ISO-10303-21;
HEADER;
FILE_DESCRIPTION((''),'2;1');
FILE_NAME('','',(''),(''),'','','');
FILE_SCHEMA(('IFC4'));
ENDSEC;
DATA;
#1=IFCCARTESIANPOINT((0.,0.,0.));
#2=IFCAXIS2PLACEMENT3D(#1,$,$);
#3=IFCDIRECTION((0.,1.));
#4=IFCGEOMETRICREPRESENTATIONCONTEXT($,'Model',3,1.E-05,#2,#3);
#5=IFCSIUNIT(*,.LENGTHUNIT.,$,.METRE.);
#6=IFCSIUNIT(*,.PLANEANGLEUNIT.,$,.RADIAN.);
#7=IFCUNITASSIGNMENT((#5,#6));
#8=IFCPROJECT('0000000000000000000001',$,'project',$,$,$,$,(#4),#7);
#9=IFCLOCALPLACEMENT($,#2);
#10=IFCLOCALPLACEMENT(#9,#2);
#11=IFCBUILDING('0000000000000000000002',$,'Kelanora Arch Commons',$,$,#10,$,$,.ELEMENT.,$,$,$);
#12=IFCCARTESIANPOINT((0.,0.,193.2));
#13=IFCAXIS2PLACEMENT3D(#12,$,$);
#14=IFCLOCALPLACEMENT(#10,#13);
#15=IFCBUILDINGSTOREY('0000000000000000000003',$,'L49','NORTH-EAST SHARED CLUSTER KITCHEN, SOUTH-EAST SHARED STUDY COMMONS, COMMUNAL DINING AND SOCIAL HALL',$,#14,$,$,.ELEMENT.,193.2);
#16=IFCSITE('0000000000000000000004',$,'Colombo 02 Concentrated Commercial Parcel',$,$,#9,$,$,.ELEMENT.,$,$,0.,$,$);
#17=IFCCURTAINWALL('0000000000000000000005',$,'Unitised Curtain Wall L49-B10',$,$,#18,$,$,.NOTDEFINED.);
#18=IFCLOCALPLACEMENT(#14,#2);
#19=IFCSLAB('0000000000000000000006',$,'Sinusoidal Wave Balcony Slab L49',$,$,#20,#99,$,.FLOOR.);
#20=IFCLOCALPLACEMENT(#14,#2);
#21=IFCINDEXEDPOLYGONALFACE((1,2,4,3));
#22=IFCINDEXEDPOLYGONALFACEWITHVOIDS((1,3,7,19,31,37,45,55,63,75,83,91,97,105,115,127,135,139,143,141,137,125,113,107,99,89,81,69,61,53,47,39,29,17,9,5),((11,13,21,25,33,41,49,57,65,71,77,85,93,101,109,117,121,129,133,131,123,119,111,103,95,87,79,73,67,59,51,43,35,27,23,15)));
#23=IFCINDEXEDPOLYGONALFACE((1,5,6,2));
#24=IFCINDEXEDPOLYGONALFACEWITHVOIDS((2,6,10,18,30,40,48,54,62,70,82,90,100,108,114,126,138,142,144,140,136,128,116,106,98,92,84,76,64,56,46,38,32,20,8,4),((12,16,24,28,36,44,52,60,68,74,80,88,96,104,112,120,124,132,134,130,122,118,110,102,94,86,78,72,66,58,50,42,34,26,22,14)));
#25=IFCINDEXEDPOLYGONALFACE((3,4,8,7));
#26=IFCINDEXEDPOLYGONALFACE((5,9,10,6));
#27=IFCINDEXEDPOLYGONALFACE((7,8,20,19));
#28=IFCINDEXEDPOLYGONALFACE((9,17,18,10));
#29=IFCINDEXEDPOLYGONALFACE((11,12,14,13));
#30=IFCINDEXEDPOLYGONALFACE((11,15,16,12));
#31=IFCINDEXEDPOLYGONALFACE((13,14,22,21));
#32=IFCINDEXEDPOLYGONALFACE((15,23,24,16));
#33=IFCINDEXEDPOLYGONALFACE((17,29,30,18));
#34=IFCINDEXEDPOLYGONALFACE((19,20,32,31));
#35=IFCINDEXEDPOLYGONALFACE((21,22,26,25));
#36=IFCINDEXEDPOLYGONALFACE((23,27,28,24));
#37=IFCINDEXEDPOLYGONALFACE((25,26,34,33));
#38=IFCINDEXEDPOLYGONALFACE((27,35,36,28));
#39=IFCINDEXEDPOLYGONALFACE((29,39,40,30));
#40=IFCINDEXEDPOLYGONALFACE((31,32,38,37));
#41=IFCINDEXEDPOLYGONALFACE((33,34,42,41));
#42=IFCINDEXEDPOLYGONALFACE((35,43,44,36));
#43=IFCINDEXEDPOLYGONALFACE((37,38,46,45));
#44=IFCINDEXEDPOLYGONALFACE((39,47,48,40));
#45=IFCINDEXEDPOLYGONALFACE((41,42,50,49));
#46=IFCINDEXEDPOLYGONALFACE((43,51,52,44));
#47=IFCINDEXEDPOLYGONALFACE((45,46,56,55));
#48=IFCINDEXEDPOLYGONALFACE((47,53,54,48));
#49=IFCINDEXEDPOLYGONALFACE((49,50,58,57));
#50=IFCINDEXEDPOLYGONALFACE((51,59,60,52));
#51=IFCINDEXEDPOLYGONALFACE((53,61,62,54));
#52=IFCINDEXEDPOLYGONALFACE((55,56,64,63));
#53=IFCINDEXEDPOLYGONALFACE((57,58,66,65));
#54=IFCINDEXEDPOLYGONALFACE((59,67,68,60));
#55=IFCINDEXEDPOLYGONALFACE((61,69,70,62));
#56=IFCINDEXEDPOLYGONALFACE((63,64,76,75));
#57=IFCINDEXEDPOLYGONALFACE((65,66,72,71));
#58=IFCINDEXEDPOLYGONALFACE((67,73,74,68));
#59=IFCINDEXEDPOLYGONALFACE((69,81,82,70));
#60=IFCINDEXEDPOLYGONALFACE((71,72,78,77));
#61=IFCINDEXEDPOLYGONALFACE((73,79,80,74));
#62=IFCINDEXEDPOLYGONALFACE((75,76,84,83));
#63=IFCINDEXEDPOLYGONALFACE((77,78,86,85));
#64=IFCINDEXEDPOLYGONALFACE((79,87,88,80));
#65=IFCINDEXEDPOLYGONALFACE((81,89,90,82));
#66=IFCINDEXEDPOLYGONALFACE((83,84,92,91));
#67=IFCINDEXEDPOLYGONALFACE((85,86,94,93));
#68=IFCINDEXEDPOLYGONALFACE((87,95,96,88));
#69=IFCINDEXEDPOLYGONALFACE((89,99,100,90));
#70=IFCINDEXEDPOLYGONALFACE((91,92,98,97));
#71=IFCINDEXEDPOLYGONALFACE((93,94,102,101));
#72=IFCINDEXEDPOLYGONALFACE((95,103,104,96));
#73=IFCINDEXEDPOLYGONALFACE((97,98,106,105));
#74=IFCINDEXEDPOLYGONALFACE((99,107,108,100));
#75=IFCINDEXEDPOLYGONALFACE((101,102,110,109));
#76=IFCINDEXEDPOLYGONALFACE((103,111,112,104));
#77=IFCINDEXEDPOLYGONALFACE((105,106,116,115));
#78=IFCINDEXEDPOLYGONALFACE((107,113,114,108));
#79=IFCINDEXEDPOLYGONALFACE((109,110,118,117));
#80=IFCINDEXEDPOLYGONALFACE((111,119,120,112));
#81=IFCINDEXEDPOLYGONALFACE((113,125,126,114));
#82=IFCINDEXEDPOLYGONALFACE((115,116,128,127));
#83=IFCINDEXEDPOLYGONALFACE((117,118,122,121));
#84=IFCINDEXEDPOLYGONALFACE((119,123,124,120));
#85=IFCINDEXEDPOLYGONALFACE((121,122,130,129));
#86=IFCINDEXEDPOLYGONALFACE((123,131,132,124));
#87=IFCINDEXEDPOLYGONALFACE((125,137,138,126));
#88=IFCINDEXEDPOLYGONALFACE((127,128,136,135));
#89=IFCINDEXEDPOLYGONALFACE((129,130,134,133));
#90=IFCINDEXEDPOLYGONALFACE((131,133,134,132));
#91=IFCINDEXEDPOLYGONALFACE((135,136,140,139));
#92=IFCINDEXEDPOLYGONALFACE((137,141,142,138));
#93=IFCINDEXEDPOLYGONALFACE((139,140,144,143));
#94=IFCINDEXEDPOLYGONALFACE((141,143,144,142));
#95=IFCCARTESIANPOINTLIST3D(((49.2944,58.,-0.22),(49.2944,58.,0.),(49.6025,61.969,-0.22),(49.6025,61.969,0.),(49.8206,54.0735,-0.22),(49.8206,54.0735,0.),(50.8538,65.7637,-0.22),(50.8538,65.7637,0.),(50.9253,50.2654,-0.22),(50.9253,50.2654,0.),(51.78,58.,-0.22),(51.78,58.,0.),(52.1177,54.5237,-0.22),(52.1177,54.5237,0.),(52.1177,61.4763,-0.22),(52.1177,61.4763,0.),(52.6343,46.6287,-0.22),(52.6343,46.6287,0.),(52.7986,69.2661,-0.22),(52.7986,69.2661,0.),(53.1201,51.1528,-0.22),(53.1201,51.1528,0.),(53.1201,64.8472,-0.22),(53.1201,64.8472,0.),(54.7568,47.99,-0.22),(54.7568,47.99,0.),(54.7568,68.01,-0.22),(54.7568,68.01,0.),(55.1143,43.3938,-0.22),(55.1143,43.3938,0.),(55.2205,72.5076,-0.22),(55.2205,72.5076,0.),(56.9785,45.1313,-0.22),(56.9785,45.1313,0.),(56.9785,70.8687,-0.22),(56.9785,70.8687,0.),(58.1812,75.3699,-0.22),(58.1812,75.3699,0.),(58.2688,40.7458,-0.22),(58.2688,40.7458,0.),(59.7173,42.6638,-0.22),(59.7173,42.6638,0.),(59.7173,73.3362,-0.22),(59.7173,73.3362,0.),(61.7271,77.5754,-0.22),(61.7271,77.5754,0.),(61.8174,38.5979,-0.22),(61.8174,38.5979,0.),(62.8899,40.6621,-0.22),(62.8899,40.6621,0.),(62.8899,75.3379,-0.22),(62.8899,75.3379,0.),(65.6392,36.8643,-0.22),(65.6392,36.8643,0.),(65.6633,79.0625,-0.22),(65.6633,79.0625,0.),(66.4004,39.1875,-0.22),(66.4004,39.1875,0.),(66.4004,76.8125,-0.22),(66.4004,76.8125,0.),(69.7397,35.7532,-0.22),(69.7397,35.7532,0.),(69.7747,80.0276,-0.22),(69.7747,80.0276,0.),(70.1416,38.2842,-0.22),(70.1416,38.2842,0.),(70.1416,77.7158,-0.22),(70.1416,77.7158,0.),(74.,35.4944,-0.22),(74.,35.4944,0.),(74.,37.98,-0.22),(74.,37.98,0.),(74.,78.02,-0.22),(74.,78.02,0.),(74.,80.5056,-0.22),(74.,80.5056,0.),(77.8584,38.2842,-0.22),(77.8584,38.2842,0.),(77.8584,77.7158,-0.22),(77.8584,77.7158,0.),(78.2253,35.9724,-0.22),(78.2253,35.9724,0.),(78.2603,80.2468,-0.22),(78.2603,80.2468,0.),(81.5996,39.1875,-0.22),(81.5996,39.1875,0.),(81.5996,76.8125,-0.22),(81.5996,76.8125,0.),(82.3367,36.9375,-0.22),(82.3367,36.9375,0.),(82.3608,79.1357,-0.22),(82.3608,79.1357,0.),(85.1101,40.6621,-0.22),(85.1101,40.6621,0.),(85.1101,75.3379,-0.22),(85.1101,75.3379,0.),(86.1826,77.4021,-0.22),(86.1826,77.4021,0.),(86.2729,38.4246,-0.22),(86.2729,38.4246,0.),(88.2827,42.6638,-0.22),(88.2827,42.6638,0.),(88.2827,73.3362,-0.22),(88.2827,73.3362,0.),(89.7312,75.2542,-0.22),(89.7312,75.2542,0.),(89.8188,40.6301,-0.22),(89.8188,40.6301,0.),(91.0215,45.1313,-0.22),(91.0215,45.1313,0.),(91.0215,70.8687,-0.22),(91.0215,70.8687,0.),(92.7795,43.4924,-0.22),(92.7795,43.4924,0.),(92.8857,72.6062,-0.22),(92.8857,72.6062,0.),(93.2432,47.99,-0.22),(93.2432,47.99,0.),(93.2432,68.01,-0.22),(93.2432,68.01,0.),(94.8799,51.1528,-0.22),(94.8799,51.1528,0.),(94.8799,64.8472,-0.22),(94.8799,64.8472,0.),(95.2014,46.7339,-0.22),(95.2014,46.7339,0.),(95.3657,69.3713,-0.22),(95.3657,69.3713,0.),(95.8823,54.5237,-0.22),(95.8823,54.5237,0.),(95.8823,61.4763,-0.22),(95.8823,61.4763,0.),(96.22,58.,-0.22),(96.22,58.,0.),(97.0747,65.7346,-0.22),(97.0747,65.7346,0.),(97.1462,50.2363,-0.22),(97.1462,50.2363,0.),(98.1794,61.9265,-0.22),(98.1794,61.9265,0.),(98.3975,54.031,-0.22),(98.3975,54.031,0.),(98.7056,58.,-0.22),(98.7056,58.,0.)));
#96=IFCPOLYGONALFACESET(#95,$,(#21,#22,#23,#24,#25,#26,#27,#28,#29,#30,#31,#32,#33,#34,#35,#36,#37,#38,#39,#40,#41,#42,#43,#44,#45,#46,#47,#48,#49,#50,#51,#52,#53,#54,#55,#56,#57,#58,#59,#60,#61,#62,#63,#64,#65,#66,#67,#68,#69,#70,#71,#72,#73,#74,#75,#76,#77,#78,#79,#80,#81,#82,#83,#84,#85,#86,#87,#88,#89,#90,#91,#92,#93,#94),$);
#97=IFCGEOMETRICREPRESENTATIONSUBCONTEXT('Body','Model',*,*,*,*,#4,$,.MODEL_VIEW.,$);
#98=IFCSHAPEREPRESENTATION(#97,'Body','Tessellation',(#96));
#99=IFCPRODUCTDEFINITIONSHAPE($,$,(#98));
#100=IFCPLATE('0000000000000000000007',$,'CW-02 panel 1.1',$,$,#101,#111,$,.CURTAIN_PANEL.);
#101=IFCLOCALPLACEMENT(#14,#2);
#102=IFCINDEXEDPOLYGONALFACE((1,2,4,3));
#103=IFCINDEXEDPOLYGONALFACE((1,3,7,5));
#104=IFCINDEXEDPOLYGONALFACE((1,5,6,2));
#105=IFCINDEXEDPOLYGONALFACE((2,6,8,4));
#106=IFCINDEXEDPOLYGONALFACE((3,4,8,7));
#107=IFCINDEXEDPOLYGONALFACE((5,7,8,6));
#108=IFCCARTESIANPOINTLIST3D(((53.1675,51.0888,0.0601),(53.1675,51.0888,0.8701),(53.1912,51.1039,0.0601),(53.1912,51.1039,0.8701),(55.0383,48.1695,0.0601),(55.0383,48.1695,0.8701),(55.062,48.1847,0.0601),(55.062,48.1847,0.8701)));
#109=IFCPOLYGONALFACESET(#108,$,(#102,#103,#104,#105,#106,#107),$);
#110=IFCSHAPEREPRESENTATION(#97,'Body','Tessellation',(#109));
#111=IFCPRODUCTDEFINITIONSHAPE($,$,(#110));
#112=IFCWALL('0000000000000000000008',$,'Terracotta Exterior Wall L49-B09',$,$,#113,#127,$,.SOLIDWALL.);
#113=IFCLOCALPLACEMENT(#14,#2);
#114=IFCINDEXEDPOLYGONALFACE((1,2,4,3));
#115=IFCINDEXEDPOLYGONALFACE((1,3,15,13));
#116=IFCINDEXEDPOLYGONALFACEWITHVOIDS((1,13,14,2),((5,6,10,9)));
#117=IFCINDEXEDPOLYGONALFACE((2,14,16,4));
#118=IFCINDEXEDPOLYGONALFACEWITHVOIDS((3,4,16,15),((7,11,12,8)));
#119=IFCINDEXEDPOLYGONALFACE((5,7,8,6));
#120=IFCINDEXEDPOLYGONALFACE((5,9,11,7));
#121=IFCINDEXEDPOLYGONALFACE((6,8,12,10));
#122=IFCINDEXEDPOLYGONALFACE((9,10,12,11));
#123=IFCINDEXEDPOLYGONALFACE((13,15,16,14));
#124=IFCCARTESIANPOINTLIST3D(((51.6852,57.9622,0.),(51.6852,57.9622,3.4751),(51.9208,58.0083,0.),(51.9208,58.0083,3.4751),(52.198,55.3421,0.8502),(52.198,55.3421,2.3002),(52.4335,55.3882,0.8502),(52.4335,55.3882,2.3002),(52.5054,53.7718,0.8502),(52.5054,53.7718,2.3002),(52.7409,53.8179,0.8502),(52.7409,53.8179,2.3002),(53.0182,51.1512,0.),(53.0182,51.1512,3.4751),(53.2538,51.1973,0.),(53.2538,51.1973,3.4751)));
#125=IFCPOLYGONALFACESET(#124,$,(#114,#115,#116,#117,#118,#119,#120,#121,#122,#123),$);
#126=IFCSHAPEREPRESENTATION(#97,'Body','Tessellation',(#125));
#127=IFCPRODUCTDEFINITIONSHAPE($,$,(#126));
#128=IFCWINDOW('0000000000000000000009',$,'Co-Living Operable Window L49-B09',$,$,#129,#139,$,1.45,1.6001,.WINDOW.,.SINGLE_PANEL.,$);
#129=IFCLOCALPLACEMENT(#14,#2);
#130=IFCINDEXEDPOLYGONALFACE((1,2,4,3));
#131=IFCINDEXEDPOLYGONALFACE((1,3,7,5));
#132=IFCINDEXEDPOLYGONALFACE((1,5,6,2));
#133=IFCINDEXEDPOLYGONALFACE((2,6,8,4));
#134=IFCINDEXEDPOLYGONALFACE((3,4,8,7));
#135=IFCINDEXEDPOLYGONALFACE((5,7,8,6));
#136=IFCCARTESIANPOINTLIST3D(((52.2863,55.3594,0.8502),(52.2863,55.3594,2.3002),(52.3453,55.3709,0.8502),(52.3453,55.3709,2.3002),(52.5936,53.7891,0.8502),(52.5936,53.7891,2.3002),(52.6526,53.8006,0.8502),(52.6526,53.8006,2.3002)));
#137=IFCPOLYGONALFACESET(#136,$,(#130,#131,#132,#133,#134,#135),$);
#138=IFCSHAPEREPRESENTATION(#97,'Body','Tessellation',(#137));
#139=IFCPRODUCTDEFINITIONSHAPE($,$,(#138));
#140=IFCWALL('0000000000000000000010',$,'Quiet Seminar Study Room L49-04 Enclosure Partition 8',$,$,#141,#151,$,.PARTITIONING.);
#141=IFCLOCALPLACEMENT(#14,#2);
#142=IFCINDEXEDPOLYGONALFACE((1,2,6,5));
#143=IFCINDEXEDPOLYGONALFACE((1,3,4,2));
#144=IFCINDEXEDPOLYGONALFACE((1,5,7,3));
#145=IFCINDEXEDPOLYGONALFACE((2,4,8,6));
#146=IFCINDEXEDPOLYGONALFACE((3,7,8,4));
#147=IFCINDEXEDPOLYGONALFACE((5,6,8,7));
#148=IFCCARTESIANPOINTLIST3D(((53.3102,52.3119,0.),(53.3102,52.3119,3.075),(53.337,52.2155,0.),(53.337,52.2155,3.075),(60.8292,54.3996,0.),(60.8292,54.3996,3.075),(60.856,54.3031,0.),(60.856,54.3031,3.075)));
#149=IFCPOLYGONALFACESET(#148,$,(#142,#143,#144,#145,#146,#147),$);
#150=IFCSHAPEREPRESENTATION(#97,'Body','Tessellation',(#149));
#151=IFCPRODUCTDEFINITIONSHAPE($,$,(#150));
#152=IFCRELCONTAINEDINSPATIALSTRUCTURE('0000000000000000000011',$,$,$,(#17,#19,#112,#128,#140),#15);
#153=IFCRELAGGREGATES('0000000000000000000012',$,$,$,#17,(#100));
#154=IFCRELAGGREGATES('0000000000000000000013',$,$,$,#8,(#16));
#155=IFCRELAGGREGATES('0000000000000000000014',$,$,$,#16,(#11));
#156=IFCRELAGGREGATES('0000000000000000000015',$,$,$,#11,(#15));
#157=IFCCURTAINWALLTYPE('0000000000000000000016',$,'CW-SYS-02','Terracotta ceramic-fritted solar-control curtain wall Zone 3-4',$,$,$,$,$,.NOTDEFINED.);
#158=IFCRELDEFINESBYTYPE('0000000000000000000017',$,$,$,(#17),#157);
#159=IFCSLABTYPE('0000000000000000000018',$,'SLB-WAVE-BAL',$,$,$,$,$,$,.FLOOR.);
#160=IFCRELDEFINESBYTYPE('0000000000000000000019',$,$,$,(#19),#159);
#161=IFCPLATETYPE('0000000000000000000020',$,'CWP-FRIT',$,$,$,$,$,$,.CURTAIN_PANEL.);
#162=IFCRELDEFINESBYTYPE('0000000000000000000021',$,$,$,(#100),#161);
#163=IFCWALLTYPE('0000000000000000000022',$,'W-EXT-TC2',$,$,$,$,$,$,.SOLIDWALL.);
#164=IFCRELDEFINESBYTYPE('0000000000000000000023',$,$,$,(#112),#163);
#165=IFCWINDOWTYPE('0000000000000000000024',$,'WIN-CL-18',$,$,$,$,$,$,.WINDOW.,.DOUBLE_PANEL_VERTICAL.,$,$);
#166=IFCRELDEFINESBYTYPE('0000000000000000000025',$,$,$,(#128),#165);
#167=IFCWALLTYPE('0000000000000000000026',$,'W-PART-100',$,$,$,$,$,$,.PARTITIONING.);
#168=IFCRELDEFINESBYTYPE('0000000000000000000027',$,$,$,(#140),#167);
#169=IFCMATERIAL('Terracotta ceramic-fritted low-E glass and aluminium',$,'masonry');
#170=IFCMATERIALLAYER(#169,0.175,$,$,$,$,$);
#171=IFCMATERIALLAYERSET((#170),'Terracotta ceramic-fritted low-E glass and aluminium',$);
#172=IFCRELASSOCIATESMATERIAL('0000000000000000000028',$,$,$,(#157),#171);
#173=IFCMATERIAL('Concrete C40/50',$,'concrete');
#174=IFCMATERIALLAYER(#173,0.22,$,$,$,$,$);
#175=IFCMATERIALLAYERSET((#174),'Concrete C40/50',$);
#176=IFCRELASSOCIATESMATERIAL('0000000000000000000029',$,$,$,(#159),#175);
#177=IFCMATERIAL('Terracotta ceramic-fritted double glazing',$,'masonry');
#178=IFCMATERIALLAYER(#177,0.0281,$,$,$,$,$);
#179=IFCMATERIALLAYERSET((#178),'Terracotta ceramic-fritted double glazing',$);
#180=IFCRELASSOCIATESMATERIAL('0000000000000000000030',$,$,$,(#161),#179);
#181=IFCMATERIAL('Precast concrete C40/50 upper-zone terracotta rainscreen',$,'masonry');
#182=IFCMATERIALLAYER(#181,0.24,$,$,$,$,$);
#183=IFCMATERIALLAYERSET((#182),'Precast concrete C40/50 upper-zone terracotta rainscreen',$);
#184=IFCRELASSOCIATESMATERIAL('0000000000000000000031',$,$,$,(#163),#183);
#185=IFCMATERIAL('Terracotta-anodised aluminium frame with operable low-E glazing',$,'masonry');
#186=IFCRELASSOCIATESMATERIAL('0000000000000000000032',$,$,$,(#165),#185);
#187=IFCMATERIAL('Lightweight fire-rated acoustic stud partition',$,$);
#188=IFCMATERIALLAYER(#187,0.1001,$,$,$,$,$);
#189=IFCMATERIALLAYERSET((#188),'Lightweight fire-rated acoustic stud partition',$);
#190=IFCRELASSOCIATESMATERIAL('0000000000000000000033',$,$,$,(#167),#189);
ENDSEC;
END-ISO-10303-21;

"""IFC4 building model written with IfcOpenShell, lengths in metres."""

from ifc_helpers import new_model, si_unit, direction, frame, frame_2d, origin, origin_2d, place, context, subcontext, project, spatial, polyline, rectangle, outline, extrude, source, transform, mapped, material, layer, layer_set, type_object, element, fill, aggregate, save


model = new_model("IFC4")

# Units and contexts
model_context = context("Model", 3, precision=1e-05, world=origin(), true_north=direction((0.0, 1.0)))
body_context = subcontext(model_context, "Body", "Model", "MODEL_VIEW")
ifc_project = project(units=[si_unit("LENGTHUNIT", "METRE"), si_unit("PLANEANGLEUNIT", "RADIAN")], contexts=[model_context])

# Site, building, storey
site_placement = place(None, origin())
site = spatial("IfcSite", under=ifc_project, at=site_placement, Name="Colombo 02 Concentrated Commercial Parcel", CompositionType="ELEMENT", RefElevation=0.0)
building_placement = place(site_placement, origin())
building = spatial("IfcBuilding", under=site, at=building_placement, Name="Kelanora Arch Commons", CompositionType="ELEMENT")
storey_placement = place(building_placement, frame((0.0, 0.0, 193.2)))
storey = spatial("IfcBuildingStorey", under=building, at=storey_placement, Name="L49", Description="NORTH-EAST SHARED CLUSTER KITCHEN, SOUTH-EAST SHARED STUDY COMMONS, COMMUNAL DINING AND SOCIAL HALL", CompositionType="ELEMENT", Elevation=193.2)

# Shared definitions
ifc_material_1 = material(Name="Terracotta ceramic-fritted low-E glass and aluminium", Category="masonry")
ifc_layer_1 = layer(ifc_material_1, 0.175)
ifc_layer_set_1 = layer_set([ifc_layer_1], Name="Terracotta ceramic-fritted low-E glass and aluminium")
curtain_wall_type = type_object("IfcCurtainWallType", Name="CW-SYS-02", Description="Terracotta ceramic-fritted solar-control curtain wall Zone 3-4", PredefinedType="NOTDEFINED", material=ifc_layer_set_1)

# Curtain wall
curtain_wall_1_placement = place(storey_placement, origin())
curtain_wall_1 = element("IfcCurtainWall", 1, at=curtain_wall_1_placement, inside=storey, type_object=curtain_wall_type, Name="Unitised Curtain Wall L49-B10", PredefinedType="NOTDEFINED")

# Shared definitions
ifc_material_2 = material(Name="Concrete C40/50", Category="concrete")

# Slab
ifc_layer_2 = layer(ifc_material_2, 0.22)
ifc_layer_set_2 = layer_set([ifc_layer_2], Name="Concrete C40/50")
slab_type_1 = type_object("IfcSlabType", Name="SLB-WAVE-BAL", PredefinedType="FLOOR", material=ifc_layer_set_2)
slab_1_placement = place(storey_placement, frame((0.0, 0.0, -0.22)))
element("IfcSlab", 2, at=slab_1_placement, inside=storey, type_object=slab_type_1, Name="Sinusoidal Wave Balcony Slab L49", PredefinedType="FLOOR", context=body_context, shape_type="SweptSolid", body=[
    extrude(outline(polyline([(98.7056, 58.0), (98.1794, 61.9265), (97.0747, 65.7346), (95.3657, 69.3713), (92.8857, 72.6062), (89.7312, 75.2542), (86.1826, 77.4021), (82.3608, 79.1357), (78.2603, 80.2468), (74.0, 80.5056), (69.7747, 80.0276), (65.6633, 79.0625), (61.7271, 77.5754), (58.1812, 75.3699), (55.2205, 72.5076), (52.7986, 69.2661), (50.8538, 65.7637), (49.6025, 61.969), (49.2944, 58.0), (49.8206, 54.0735), (50.9253, 50.2654), (52.6343, 46.6287), (55.1143, 43.3938), (58.2688, 40.7458), (61.8174, 38.5979), (65.6392, 36.8643), (69.7397, 35.7532), (74.0, 35.4944), (78.2253, 35.9724), (82.3367, 36.9375), (86.2729, 38.4246), (89.8188, 40.6301), (92.7795, 43.4924), (95.2014, 46.7339), (97.1462, 50.2363), (98.3975, 54.031), (98.7056, 58.0)]), holes=[polyline([(95.8823, 54.5237), (94.8799, 51.1528), (93.2432, 47.99), (91.0215, 45.1313), (88.2827, 42.6638), (85.1101, 40.6621), (81.5996, 39.1875), (77.8584, 38.2842), (74.0, 37.98), (70.1416, 38.2842), (66.4004, 39.1875), (62.8899, 40.6621), (59.7173, 42.6638), (56.9785, 45.1313), (54.7568, 47.99), (53.1201, 51.1528), (52.1177, 54.5237), (51.78, 58.0), (52.1177, 61.4763), (53.1201, 64.8472), (54.7568, 68.01), (56.9785, 70.8687), (59.7173, 73.3362), (62.8899, 75.3379), (66.4004, 76.8125), (70.1416, 77.7158), (74.0, 78.02), (77.8584, 77.7158), (81.5996, 76.8125), (85.1101, 75.3379), (88.2827, 73.3362), (91.0215, 70.8687), (93.2432, 68.01), (94.8799, 64.8472), (95.8823, 61.4763), (96.22, 58.0), (95.8823, 54.5237)])]), origin(), (0.0, 0.0, 1.0), 0.22),
])

# Plate
ifc_material_3 = material(Name="Terracotta ceramic-fritted double glazing", Category="masonry")
ifc_layer_3 = layer(ifc_material_3, 0.0281)
ifc_layer_set_3 = layer_set([ifc_layer_3], Name="Terracotta ceramic-fritted double glazing")
plate_type = type_object("IfcPlateType", Name="CWP-FRIT", PredefinedType="CURTAIN_PANEL", material=ifc_layer_set_3)
shared_shape_1 = source(origin(), body_context, "Body", "SweptSolid", [
    extrude(rectangle(XDim=3.4673, YDim=0.0281, at=origin_2d()), origin(), (0.0, 0.0, 1.0), 0.8101),
])
plate_placement = place(storey_placement, frame((54.1147, 49.6367, 0.0601), z_axis=(0.0, 0.0, 1.0), x_axis=(0.539559, -0.841948, 0.0)))
plate = element("IfcPlate", 3, at=plate_placement, type_object=plate_type, Name="CW-02 panel 1.1", PredefinedType="CURTAIN_PANEL", context=body_context, shape_type="MappedRepresentation", body=[
    mapped(shared_shape_1, transform((0.0, 0.0, 0.0), scale=1.0)),
])
aggregate(curtain_wall_1, [plate])

# Wall, opening, window
ifc_material_4 = material(Name="Precast concrete C40/50 upper-zone terracotta rainscreen", Category="masonry")
ifc_layer_4 = layer(ifc_material_4, 0.24)
ifc_layer_set_4 = layer_set([ifc_layer_4], Name="Precast concrete C40/50 upper-zone terracotta rainscreen")
wall_type_1 = type_object("IfcWallType", Name="W-EXT-TC2", PredefinedType="SOLIDWALL", material=ifc_layer_set_4)
wall_1_placement = place(storey_placement, frame((51.803, 57.9854, 0.0), z_axis=(0.0, 0.0, 1.0), x_axis=(0.192069, -0.981381, 0.0)))
wall_1 = element("IfcWall", 4, at=wall_1_placement, inside=storey, type_object=wall_type_1, Name="Terracotta Exterior Wall L49-B09", PredefinedType="SOLIDWALL", context=body_context, shape_type="SweptSolid", body=[
    extrude(rectangle(XDim=6.9402, YDim=0.24, at=frame_2d((3.4702, 0.0))), origin(), (0.0, 0.0, 1.0), 3.4751),
])
opening_placement = place(wall_1_placement, frame((2.6699, 0.0, 0.8501)))
opening = element("IfcOpeningElement", 5, at=opening_placement, cuts=wall_1, PredefinedType="OPENING", context=body_context, shape_type="SweptSolid", body=[
    extrude(rectangle(XDim=1.6001, YDim=1.45, at=frame_2d((0.8, 0.7251))), frame((0.0, 0.1299, 0.0), z_axis=(0.0, -1.0, 0.0), x_axis=(1.0, 0.0, 0.0)), (0.0, 0.0, 1.0), 0.26),
])
ifc_material_5 = material(Name="Terracotta-anodised aluminium frame with operable low-E glazing", Category="masonry")
window_type = type_object("IfcWindowType", Name="WIN-CL-18", PartitioningType="DOUBLE_PANEL_VERTICAL", PredefinedType="WINDOW", material=ifc_material_5)
window_placement = place(opening_placement, origin())
window = element("IfcWindow", 6, at=window_placement, inside=storey, type_object=window_type, Name="Co-Living Operable Window L49-B09", OverallHeight=1.45, OverallWidth=1.6001, PartitioningType="SINGLE_PANEL", PredefinedType="WINDOW", context=body_context, shape_type="SweptSolid", body=[
    extrude(rectangle(XDim=1.6001, YDim=1.45, at=frame_2d((0.8, 0.7251))), frame((0.0, 0.03, 0.0), z_axis=(0.0, -1.0, 0.0), x_axis=(1.0, 0.0, 0.0)), (0.0, 0.0, 1.0), 0.0601),
])
fill(opening, window)

# Wall
ifc_material_6 = material(Name="Lightweight fire-rated acoustic stud partition")
ifc_layer_5 = layer(ifc_material_6, 0.1001)
ifc_layer_set_5 = layer_set([ifc_layer_5], Name="Lightweight fire-rated acoustic stud partition")
wall_type_2 = type_object("IfcWallType", Name="W-PART-100", PredefinedType="PARTITIONING", material=ifc_layer_set_5)
wall_2_placement = place(storey_placement, frame((53.3235, 52.2637, 0.0), z_axis=(0.0, 0.0, 1.0), x_axis=(0.96355, 0.267528, 0.0)))
element("IfcWall", 7, at=wall_2_placement, inside=storey, type_object=wall_type_2, Name="Quiet Seminar Study Room L49-04 Enclosure Partition 8", PredefinedType="PARTITIONING", context=body_context, shape_type="SweptSolid", body=[
    extrude(rectangle(XDim=7.8035, YDim=0.1001, at=frame_2d((3.9019, 0.0))), origin(), (0.0, 0.0, 1.0), 3.075),
])

save(model, "model.ifc")
